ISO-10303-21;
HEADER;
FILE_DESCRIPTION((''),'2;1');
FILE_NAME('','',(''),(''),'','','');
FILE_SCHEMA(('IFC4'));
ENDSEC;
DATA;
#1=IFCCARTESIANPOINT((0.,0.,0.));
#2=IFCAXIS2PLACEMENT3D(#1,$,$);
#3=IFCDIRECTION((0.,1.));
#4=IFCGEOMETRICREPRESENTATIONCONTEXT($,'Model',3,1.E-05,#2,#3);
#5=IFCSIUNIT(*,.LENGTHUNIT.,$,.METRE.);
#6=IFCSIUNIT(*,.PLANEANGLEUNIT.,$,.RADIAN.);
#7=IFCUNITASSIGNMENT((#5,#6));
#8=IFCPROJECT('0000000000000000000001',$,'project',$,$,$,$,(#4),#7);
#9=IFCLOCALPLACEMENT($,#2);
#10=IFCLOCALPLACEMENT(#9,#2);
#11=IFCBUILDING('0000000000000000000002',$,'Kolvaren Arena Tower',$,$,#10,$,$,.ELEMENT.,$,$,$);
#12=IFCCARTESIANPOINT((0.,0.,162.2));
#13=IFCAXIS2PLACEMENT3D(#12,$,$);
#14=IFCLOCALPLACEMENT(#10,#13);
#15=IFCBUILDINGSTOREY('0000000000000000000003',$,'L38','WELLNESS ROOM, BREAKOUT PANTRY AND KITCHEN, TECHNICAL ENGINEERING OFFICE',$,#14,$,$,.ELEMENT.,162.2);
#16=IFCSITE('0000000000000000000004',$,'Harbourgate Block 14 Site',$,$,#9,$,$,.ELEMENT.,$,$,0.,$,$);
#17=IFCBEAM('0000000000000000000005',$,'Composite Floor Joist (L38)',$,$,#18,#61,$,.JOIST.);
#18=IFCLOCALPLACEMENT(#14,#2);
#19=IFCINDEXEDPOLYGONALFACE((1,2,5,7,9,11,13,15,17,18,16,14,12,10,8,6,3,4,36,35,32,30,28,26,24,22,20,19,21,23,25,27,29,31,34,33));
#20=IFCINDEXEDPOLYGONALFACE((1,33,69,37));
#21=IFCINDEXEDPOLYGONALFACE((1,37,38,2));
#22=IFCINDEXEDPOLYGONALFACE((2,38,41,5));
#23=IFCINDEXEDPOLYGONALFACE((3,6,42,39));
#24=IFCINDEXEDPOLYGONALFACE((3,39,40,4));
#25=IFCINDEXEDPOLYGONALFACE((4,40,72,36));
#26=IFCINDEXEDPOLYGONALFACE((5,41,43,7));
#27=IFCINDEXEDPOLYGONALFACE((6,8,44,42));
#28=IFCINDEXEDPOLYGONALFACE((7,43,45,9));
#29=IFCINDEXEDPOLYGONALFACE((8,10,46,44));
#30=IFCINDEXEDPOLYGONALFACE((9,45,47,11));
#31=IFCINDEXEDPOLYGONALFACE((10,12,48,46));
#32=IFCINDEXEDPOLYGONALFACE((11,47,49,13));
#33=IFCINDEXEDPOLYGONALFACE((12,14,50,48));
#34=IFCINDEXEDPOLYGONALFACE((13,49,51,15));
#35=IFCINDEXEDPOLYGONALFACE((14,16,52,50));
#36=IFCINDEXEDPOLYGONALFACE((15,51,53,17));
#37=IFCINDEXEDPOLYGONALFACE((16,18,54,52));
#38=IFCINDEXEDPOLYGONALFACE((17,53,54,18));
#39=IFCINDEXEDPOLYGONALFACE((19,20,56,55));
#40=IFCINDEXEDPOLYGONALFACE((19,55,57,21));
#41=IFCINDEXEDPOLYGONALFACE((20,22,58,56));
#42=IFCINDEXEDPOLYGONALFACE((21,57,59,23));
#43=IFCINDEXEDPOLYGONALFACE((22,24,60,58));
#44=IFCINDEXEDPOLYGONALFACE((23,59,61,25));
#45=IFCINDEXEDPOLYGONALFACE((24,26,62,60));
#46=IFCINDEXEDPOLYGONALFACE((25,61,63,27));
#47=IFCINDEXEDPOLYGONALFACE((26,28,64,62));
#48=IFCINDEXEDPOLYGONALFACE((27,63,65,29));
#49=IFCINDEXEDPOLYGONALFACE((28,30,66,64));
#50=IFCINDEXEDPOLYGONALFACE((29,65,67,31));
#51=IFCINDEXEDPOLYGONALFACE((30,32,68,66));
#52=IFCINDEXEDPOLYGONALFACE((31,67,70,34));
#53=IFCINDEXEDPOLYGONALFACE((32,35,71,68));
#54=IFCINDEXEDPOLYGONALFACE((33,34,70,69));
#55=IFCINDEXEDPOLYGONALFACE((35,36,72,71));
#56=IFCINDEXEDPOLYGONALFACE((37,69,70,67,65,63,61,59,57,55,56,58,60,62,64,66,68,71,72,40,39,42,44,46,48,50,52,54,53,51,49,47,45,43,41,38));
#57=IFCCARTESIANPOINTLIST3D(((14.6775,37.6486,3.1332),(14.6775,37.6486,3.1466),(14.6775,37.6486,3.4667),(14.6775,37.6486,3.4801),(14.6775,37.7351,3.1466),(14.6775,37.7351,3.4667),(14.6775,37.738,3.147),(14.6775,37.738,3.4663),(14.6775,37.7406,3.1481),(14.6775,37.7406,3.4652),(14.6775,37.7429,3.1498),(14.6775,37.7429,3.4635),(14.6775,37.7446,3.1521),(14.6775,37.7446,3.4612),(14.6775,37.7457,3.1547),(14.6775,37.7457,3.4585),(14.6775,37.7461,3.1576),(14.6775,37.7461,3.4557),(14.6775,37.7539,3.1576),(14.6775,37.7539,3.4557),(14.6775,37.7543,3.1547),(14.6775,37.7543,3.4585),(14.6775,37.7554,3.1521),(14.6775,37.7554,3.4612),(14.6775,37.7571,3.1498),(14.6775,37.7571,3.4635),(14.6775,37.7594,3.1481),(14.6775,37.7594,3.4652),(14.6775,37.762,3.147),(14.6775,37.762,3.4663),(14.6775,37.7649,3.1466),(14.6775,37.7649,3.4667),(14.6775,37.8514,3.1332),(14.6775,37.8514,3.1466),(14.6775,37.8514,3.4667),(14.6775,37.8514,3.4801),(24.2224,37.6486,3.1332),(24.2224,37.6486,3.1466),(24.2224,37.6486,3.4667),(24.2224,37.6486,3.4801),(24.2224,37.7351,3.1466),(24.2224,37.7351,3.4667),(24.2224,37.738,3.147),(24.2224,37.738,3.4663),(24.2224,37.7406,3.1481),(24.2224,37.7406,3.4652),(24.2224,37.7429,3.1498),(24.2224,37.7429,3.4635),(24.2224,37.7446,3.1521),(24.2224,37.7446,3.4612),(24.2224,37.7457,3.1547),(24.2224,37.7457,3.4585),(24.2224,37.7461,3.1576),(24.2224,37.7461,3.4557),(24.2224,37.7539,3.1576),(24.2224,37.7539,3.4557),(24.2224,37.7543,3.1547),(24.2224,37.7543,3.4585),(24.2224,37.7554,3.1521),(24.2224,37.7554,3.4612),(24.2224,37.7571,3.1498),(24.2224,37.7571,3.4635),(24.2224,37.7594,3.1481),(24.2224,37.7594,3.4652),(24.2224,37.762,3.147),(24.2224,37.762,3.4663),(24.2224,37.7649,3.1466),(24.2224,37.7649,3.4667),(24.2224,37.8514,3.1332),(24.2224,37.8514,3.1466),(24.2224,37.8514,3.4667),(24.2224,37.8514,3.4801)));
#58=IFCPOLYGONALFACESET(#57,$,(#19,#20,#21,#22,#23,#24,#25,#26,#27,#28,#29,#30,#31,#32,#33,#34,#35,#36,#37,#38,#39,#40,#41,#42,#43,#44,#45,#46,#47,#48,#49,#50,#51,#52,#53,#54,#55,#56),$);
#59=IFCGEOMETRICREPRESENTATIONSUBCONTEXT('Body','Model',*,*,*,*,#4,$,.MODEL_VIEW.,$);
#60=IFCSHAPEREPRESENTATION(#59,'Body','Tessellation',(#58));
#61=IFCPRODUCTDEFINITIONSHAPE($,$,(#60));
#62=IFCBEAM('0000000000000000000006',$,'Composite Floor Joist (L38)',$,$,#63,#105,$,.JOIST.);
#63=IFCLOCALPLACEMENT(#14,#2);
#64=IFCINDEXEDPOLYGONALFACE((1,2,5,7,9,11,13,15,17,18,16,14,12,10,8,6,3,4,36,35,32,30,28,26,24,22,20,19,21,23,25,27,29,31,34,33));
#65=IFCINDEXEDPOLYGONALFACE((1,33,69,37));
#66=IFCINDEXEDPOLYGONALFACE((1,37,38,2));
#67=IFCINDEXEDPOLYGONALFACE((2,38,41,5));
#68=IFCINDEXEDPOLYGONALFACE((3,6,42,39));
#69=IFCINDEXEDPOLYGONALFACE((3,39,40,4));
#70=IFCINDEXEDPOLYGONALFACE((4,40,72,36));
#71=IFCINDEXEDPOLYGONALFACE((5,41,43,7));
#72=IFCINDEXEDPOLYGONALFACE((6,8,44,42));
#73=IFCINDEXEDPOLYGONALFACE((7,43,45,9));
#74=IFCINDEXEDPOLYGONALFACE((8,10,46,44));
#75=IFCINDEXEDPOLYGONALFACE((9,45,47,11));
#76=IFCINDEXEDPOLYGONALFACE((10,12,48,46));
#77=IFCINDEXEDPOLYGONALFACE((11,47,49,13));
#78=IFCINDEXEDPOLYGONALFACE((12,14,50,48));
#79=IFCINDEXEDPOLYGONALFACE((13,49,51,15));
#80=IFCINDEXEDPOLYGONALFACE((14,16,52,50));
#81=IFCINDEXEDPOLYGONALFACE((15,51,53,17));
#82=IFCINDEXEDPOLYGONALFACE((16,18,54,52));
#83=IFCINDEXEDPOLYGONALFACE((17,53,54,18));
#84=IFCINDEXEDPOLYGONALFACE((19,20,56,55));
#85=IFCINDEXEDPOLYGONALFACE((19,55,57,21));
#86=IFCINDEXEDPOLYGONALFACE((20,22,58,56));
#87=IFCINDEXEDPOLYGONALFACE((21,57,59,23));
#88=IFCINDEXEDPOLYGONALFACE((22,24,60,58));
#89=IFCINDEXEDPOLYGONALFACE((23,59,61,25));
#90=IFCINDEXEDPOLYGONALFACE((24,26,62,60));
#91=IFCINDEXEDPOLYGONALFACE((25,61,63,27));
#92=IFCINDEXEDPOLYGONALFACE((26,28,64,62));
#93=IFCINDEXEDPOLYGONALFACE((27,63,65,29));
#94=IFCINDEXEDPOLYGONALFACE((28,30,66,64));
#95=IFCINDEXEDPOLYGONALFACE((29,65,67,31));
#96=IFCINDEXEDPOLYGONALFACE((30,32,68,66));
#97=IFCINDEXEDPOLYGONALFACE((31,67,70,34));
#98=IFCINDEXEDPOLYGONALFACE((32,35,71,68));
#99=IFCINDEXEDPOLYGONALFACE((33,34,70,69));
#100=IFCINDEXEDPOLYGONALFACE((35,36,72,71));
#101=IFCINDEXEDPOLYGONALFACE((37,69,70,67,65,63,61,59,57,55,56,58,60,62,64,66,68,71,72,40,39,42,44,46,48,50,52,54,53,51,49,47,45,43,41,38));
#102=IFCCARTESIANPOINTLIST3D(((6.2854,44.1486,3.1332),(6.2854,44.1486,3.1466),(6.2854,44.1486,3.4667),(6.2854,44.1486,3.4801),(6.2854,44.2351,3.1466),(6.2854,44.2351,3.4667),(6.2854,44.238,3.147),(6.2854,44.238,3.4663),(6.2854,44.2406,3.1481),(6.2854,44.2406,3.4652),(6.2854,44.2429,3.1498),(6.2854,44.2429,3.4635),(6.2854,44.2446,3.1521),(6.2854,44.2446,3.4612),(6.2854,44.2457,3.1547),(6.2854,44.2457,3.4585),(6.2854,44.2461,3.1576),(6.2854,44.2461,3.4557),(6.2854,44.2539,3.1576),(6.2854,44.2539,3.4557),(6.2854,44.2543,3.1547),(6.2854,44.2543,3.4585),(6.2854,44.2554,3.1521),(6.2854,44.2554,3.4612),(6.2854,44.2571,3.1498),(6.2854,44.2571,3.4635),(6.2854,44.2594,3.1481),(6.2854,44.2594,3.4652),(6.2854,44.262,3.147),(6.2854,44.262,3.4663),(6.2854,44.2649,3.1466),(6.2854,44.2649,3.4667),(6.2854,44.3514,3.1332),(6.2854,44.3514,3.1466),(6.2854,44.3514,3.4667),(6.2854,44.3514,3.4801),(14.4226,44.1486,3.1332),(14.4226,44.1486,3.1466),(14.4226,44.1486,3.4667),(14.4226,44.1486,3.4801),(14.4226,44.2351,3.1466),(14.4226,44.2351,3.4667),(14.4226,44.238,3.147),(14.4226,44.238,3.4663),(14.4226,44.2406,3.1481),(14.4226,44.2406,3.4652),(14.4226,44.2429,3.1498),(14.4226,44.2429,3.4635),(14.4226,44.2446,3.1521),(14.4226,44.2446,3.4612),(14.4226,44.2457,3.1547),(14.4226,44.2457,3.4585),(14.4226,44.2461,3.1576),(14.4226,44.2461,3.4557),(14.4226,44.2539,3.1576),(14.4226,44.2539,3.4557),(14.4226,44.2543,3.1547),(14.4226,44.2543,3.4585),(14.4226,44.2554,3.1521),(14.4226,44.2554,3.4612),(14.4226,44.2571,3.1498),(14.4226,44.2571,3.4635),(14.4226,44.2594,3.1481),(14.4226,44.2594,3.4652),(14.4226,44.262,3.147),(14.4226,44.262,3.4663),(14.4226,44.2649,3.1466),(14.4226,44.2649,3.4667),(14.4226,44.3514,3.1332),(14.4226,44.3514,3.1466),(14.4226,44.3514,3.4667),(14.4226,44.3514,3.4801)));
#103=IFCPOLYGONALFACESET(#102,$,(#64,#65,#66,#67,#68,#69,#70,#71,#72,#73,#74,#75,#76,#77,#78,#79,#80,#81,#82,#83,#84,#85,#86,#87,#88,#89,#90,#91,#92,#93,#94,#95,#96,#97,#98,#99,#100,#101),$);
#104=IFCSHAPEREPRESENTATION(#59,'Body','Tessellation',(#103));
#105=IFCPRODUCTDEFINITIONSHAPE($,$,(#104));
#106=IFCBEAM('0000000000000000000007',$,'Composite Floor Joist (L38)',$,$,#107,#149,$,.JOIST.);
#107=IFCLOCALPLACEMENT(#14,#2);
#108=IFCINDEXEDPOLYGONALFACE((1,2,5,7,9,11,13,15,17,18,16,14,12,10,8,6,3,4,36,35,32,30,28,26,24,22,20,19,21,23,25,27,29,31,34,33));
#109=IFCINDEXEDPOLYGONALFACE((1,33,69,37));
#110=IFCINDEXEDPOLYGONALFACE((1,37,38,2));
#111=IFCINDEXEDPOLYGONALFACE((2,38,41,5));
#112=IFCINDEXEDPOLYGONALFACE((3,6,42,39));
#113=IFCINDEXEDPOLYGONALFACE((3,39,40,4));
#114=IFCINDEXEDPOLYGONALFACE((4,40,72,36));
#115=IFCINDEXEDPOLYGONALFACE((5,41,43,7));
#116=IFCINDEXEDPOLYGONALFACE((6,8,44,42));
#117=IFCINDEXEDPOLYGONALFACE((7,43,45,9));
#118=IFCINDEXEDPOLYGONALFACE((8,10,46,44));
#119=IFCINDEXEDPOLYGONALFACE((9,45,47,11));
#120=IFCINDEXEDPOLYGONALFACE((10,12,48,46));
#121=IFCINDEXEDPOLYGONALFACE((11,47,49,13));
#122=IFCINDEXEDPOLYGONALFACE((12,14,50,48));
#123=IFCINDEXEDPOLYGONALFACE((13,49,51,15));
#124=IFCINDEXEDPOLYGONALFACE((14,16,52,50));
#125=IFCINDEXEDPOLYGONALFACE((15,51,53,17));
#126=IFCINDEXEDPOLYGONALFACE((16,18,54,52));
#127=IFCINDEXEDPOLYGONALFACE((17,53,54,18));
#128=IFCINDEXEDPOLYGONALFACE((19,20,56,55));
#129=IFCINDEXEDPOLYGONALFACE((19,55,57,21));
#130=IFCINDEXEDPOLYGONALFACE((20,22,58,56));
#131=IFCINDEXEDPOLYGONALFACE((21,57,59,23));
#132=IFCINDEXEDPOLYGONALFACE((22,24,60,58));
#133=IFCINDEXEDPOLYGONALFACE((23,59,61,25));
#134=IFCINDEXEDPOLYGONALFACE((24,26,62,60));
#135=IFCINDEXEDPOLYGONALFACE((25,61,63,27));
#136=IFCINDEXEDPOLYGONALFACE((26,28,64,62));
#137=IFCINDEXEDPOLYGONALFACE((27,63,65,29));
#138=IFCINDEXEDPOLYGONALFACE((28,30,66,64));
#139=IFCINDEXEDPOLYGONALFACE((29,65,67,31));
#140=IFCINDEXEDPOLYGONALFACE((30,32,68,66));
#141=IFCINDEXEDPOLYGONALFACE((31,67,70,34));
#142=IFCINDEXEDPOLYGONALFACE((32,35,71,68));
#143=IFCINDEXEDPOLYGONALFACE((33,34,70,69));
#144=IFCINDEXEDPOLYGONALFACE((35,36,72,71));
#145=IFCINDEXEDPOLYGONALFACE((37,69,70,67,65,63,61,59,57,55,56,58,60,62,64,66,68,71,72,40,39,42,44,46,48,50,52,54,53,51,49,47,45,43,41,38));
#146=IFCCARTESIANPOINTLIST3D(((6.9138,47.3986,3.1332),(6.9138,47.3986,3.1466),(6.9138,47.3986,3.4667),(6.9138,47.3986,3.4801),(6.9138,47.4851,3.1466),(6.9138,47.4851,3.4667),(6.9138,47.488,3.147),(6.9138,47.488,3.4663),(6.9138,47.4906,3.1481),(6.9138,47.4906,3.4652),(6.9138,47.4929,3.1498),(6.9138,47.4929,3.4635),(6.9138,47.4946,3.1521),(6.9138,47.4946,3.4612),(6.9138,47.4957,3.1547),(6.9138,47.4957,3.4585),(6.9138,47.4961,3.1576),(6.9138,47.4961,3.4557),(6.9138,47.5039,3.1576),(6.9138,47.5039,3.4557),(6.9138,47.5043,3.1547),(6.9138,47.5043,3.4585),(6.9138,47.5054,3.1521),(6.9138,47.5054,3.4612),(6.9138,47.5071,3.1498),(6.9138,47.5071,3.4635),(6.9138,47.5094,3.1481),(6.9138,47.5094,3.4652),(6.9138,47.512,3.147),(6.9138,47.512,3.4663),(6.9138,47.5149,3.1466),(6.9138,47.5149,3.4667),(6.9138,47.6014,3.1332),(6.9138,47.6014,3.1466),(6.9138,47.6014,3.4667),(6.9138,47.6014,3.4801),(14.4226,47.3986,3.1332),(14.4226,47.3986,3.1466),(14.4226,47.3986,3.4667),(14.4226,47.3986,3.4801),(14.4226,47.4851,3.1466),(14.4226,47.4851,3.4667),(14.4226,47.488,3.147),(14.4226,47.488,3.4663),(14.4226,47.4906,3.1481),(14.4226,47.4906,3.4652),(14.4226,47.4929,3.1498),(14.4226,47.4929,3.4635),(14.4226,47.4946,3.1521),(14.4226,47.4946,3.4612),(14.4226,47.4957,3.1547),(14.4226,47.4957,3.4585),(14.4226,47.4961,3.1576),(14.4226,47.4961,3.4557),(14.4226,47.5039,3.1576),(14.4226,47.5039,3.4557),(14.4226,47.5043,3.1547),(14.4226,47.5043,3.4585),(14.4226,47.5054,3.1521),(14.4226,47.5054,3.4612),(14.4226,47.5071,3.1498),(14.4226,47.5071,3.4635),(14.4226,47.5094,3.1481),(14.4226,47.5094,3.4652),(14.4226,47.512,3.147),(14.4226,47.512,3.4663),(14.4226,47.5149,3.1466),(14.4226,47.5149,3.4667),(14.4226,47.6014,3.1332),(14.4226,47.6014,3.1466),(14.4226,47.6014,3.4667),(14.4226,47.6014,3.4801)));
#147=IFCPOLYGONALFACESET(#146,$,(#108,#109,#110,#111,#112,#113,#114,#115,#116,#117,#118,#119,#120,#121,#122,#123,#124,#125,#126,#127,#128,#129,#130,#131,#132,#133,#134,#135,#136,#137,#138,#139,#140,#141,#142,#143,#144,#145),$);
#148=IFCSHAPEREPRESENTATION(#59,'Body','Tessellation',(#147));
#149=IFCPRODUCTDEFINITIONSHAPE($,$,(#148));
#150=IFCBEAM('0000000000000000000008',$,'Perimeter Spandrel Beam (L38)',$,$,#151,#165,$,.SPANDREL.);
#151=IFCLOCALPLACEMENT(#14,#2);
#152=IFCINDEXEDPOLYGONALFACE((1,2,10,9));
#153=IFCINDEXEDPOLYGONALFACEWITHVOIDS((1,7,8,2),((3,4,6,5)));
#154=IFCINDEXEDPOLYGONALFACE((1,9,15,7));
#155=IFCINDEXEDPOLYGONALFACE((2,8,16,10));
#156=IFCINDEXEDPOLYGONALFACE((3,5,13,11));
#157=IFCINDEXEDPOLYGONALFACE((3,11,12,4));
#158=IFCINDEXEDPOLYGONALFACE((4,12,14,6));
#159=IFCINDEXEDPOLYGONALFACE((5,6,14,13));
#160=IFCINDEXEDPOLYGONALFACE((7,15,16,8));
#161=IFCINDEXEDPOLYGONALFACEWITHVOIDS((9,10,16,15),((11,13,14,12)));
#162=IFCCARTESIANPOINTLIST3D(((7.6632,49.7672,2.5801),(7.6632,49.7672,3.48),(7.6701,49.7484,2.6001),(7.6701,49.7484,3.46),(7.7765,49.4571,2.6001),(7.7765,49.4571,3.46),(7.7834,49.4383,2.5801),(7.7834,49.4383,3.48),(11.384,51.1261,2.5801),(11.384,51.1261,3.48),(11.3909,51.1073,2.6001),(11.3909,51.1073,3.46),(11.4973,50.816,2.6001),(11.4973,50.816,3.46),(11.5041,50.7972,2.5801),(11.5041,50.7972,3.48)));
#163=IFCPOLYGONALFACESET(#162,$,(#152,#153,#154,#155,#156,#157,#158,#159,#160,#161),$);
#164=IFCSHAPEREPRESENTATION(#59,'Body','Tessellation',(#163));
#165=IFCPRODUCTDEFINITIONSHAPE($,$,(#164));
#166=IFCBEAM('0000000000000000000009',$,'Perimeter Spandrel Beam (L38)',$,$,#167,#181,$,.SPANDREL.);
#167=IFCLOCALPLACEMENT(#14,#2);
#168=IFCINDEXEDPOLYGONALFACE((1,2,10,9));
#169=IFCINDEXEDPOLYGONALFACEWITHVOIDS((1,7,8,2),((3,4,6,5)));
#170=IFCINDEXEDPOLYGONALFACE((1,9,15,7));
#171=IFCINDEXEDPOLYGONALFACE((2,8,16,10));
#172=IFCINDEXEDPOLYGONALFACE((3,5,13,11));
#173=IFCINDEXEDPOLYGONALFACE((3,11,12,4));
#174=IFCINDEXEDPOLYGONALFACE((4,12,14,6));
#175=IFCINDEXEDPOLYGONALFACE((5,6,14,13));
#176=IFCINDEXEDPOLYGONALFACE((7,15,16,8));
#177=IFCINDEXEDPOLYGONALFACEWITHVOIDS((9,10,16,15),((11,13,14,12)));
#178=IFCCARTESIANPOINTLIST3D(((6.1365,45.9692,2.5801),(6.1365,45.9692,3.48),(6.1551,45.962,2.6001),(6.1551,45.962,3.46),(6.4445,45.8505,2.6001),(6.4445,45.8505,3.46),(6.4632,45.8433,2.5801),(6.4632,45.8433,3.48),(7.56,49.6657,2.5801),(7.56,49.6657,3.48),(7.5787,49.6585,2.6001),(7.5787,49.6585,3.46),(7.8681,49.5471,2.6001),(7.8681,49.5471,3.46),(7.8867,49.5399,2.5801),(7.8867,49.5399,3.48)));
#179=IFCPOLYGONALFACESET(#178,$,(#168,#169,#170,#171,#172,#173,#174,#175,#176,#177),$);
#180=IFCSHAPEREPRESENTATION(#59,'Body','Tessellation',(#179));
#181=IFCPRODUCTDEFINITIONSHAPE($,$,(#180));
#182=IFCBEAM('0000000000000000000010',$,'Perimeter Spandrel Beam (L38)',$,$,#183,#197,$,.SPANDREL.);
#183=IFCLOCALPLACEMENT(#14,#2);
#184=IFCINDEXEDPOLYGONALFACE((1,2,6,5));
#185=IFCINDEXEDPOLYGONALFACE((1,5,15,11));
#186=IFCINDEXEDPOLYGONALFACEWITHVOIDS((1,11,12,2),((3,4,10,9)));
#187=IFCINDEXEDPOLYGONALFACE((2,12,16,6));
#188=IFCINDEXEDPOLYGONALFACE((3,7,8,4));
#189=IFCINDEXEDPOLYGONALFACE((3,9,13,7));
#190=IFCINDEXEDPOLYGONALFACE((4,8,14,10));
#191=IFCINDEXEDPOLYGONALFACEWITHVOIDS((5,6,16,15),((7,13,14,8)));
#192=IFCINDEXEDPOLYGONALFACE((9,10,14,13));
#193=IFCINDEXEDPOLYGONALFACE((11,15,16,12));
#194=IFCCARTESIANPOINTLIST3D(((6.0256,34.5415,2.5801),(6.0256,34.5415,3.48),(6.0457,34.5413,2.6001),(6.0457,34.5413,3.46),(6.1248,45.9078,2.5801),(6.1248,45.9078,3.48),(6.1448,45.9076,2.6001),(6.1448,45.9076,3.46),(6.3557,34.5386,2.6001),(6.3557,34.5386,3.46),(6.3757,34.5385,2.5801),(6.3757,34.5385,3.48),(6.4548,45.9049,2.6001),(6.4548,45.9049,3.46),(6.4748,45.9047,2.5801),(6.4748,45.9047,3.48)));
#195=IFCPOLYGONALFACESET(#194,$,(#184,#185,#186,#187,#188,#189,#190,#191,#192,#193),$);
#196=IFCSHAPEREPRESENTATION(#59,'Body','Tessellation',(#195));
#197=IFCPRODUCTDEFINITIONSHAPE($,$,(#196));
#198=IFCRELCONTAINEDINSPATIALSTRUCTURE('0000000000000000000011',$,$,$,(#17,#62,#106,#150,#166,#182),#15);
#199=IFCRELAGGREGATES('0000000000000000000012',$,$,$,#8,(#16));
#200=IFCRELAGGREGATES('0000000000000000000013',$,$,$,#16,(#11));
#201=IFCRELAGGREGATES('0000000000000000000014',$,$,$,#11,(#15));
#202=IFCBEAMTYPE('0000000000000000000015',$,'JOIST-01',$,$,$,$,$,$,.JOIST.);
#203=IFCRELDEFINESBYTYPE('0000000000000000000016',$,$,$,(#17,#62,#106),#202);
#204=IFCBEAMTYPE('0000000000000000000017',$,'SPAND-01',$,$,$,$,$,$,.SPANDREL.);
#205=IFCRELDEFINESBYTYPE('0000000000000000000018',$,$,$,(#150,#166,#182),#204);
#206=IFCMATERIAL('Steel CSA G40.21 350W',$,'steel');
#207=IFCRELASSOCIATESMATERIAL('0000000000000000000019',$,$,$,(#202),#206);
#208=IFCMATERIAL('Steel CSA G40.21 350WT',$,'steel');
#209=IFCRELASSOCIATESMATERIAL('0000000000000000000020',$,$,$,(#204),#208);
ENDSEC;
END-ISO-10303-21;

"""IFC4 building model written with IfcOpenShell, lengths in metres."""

from ifc_helpers import new_model, si_unit, direction, frame, origin, origin_2d, place, context, subcontext, project, spatial, hollow_rectangle, i_section, extrude, material, material_profile, profile_set, type_object, element, save


model = new_model("IFC4")

# Units and contexts
model_context = context("Model", 3, precision=1e-05, world=origin(), true_north=direction((0.0, 1.0)))
body_context = subcontext(model_context, "Body", "Model", "MODEL_VIEW")
ifc_project = project(units=[si_unit("LENGTHUNIT", "METRE"), si_unit("PLANEANGLEUNIT", "RADIAN")], contexts=[model_context])

# Site, building, storey
site_placement = place(None, origin())
site = spatial("IfcSite", under=ifc_project, at=site_placement, Name="Harbourgate Block 14 Site", CompositionType="ELEMENT", RefElevation=0.0)
building_placement = place(site_placement, origin())
building = spatial("IfcBuilding", under=site, at=building_placement, Name="Kolvaren Arena Tower", CompositionType="ELEMENT")
storey_placement = place(building_placement, frame((0.0, 0.0, 162.2)))
storey = spatial("IfcBuildingStorey", under=building, at=storey_placement, Name="L38", Description="WELLNESS ROOM, BREAKOUT PANTRY AND KITCHEN, TECHNICAL ENGINEERING OFFICE", CompositionType="ELEMENT", Elevation=162.2)

# Beams
ifc_material_1 = material(Name="Steel CSA G40.21 350W", Category="steel")
ifc_material_profile_1 = material_profile(ifc_material_1, i_section(OverallWidth=0.2029, OverallDepth=0.3469, WebThickness=0.0078, FlangeThickness=0.0134, FilletRadius=0.011, at=origin_2d()), Name="W360x64")
ifc_profile_set_1 = profile_set([ifc_material_profile_1], Name="Steel CSA G40.21 350W")
beam_type_1 = type_object("IfcBeamType", Name="JOIST-01", PredefinedType="JOIST", material=ifc_profile_set_1)
beam_1_placement = place(storey_placement, frame((14.6775, 37.75, 3.3066), z_axis=(1.0, 0.0, 0.0), x_axis=(0.0, 1.0, 0.0)))
element("IfcBeam", 1, at=beam_1_placement, inside=storey, type_object=beam_type_1, Name="Composite Floor Joist (L38)", PredefinedType="JOIST", context=body_context, shape_type="SweptSolid", body=[
    extrude(i_section(OverallWidth=0.2029, OverallDepth=0.3469, WebThickness=0.0078, FlangeThickness=0.0134, FilletRadius=0.011, at=origin_2d()), origin(), (0.0, 0.0, 1.0), 9.5449),
])
beam_2_placement = place(storey_placement, frame((6.2854, 44.25, 3.3066), z_axis=(1.0, 0.0, 0.0), x_axis=(0.0, 1.0, 0.0)))
element("IfcBeam", 2, at=beam_2_placement, inside=storey, type_object=beam_type_1, Name="Composite Floor Joist (L38)", PredefinedType="JOIST", context=body_context, shape_type="SweptSolid", body=[
    extrude(i_section(OverallWidth=0.2029, OverallDepth=0.3469, WebThickness=0.0078, FlangeThickness=0.0134, FilletRadius=0.011, at=origin_2d()), origin(), (0.0, 0.0, 1.0), 8.1372),
])
beam_3_placement = place(storey_placement, frame((6.9138, 47.5, 3.3066), z_axis=(1.0, 0.0, 0.0), x_axis=(0.0, 1.0, 0.0)))
element("IfcBeam", 3, at=beam_3_placement, inside=storey, type_object=beam_type_1, Name="Composite Floor Joist (L38)", PredefinedType="JOIST", context=body_context, shape_type="SweptSolid", body=[
    extrude(i_section(OverallWidth=0.2029, OverallDepth=0.3469, WebThickness=0.0078, FlangeThickness=0.0134, FilletRadius=0.011, at=origin_2d()), origin(), (0.0, 0.0, 1.0), 7.5088),
])
ifc_material_2 = material(Name="Steel CSA G40.21 350WT", Category="steel")
ifc_material_profile_2 = material_profile(ifc_material_2, hollow_rectangle(XDim=0.3501, YDim=0.8999, WallThickness=0.02, at=origin_2d()), Name="HSS 900x350x20")
ifc_profile_set_2 = profile_set([ifc_material_profile_2], Name="Steel CSA G40.21 350WT")
beam_type_2 = type_object("IfcBeamType", Name="SPAND-01", PredefinedType="SPANDREL", material=ifc_profile_set_2)
for number, where, z_axis, x_axis, name in (
    (4, (11.4441, 50.9617, 3.03), (-0.939314, -0.343059, 0.0), (0.343059, -0.939314, 0.0), "Perimeter Spandrel Beam (L38)"),
    (5, (7.7234, 49.6028, 3.03), (-0.359384, -0.93319, 0.0), (0.93319, -0.359384, 0.0), "Perimeter Spandrel Beam (L38)"),
):
    element("IfcBeam", number, at=place(storey_placement, frame(where, z_axis=z_axis, x_axis=x_axis)), inside=storey, type_object=beam_type_2, Name=name, PredefinedType="SPANDREL", context=body_context, shape_type="SweptSolid", body=[
        extrude(hollow_rectangle(XDim=0.3501, YDim=0.8999, WallThickness=0.02, at=origin_2d()), origin(), (0.0, 0.0, 1.0), 3.9612),
    ])
for number, where, z_axis, x_axis, name in (
    (6, (6.2998, 45.9062, 3.03), (-0.00872, -0.999962, 0.0), (0.999962, -0.00872, 0.0), "Perimeter Spandrel Beam (L38)"),
):
    element("IfcBeam", number, at=place(storey_placement, frame(where, z_axis=z_axis, x_axis=x_axis)), inside=storey, type_object=beam_type_2, Name=name, PredefinedType="SPANDREL", context=body_context, shape_type="SweptSolid", body=[
        extrude(hollow_rectangle(XDim=0.3501, YDim=0.8999, WallThickness=0.02, at=origin_2d()), origin(), (0.0, 0.0, 1.0), 11.3667),
    ])

save(model, "model.ifc")
